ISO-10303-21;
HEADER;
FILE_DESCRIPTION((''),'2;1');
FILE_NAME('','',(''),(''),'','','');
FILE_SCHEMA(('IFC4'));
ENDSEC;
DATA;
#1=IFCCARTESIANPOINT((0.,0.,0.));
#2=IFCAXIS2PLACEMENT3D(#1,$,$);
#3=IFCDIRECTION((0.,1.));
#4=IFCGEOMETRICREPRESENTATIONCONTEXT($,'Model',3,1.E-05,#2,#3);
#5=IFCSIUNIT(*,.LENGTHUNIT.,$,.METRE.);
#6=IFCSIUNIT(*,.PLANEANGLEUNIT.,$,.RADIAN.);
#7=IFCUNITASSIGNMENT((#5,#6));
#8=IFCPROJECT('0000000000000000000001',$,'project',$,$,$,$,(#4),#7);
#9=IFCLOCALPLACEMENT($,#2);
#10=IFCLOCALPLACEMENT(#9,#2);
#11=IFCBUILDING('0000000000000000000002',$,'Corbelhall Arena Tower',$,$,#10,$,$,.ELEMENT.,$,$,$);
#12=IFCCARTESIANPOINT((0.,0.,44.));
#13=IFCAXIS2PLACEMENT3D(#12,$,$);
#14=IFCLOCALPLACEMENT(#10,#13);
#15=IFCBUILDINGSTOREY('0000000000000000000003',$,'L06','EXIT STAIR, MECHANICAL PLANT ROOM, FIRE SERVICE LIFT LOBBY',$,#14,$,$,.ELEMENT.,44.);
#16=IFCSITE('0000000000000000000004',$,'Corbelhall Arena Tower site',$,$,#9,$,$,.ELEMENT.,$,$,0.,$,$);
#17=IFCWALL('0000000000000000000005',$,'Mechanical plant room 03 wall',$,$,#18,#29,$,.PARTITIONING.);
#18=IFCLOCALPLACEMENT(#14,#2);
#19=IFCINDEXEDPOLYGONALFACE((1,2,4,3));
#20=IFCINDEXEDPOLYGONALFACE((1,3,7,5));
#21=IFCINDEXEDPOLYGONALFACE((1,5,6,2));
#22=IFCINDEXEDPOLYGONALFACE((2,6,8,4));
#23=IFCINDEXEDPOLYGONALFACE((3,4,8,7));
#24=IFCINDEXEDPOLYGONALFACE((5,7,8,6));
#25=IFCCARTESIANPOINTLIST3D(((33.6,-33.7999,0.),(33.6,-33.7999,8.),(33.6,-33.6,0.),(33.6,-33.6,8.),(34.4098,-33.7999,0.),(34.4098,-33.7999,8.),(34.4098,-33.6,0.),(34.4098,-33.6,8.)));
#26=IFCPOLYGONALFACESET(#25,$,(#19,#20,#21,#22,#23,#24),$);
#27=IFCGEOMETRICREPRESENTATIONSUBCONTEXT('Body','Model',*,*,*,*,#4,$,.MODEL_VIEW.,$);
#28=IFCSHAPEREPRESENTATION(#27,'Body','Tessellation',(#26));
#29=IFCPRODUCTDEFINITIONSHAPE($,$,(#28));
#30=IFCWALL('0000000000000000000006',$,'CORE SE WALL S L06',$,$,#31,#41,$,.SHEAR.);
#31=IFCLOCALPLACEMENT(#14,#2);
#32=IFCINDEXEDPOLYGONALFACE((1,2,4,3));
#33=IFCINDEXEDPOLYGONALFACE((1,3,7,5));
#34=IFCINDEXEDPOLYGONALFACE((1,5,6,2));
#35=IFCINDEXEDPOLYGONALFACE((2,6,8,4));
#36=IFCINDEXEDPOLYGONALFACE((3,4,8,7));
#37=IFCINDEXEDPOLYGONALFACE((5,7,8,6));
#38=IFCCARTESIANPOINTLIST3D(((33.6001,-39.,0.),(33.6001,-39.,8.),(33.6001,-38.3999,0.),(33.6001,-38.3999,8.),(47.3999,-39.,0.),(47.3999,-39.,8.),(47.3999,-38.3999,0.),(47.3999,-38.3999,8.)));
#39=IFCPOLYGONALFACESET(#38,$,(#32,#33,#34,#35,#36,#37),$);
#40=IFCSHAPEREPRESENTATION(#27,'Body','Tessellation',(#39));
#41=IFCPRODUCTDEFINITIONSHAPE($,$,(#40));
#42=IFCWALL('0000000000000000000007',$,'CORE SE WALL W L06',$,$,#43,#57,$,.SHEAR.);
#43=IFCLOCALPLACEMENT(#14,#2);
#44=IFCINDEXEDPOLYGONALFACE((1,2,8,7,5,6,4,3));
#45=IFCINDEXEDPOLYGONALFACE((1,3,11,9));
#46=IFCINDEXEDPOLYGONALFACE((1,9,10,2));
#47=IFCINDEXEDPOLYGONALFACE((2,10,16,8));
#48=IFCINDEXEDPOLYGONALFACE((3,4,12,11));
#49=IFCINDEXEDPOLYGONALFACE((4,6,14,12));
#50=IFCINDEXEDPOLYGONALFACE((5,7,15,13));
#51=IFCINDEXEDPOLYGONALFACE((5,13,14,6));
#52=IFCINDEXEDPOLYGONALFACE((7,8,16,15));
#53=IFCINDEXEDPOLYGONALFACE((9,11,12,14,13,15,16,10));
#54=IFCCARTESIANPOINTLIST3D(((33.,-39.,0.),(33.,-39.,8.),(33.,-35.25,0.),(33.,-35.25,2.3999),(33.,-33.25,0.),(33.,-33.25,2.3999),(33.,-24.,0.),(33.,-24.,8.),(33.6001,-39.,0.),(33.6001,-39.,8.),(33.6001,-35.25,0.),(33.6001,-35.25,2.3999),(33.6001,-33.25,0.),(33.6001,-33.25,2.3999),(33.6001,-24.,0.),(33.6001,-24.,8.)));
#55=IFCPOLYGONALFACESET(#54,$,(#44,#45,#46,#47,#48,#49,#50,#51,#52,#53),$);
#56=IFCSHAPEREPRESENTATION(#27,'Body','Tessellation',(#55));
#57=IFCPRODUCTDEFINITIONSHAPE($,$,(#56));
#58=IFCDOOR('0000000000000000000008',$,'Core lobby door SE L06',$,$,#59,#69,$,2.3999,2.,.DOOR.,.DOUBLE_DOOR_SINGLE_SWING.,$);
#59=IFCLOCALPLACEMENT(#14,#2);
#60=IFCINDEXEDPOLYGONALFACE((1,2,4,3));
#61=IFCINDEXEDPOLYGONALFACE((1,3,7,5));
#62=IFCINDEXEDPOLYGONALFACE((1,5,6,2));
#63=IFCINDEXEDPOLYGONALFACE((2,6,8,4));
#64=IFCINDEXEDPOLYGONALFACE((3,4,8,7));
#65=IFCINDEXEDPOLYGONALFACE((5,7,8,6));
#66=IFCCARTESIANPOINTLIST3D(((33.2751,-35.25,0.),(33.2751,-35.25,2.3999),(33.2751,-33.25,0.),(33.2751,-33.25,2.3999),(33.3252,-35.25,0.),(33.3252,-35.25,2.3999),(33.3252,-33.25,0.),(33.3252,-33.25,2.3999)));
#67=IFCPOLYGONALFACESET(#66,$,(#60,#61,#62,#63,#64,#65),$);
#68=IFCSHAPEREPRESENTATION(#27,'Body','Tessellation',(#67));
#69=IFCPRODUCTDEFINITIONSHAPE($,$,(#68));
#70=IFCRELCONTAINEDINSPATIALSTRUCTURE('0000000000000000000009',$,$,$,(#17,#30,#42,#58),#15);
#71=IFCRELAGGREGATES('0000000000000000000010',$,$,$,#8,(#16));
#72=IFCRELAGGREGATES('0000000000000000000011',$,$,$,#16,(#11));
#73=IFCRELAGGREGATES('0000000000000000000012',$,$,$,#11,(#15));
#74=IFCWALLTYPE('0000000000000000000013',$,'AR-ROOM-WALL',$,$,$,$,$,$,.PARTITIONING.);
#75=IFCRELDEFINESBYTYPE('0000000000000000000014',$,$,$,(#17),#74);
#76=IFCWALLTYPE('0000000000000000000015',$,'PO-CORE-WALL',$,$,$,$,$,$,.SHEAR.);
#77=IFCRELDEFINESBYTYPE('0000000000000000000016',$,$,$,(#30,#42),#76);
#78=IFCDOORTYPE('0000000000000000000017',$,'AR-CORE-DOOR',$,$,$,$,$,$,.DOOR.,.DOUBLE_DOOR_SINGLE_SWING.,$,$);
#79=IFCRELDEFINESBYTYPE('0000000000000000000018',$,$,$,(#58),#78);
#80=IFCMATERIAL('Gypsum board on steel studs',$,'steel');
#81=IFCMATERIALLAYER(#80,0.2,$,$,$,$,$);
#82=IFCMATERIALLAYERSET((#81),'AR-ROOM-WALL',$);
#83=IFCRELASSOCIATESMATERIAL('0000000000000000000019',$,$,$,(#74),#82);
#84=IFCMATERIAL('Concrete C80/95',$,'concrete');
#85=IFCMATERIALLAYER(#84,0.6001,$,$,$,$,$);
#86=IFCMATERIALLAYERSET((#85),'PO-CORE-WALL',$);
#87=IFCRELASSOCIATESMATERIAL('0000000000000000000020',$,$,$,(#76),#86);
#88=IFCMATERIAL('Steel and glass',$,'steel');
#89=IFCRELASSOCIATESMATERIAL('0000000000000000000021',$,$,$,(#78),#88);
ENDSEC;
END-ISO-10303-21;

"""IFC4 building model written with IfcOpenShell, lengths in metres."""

from ifc_helpers import new_model, si_unit, direction, frame, frame_2d, origin, place, context, subcontext, project, spatial, rectangle, extrude, material, layer, layer_set, type_object, element, fill, save


model = new_model("IFC4")

# Units and contexts
model_context = context("Model", 3, precision=1e-05, world=origin(), true_north=direction((0.0, 1.0)))
body_context = subcontext(model_context, "Body", "Model", "MODEL_VIEW")
ifc_project = project(units=[si_unit("LENGTHUNIT", "METRE"), si_unit("PLANEANGLEUNIT", "RADIAN")], contexts=[model_context])

# Site, building, storey
site_placement = place(None, origin())
site = spatial("IfcSite", under=ifc_project, at=site_placement, Name="Corbelhall Arena Tower site", CompositionType="ELEMENT", RefElevation=0.0)
building_placement = place(site_placement, origin())
building = spatial("IfcBuilding", under=site, at=building_placement, Name="Corbelhall Arena Tower", CompositionType="ELEMENT")
storey_placement = place(building_placement, frame((0.0, 0.0, 44.0)))
storey = spatial("IfcBuildingStorey", under=building, at=storey_placement, Name="L06", Description="EXIT STAIR, MECHANICAL PLANT ROOM, FIRE SERVICE LIFT LOBBY", CompositionType="ELEMENT", Elevation=44.0)

# Wall
ifc_material_1 = material(Name="Gypsum board on steel studs", Category="steel")
ifc_layer_1 = layer(ifc_material_1, 0.2)
ifc_layer_set_1 = layer_set([ifc_layer_1], Name="AR-ROOM-WALL")
wall_type_1 = type_object("IfcWallType", Name="AR-ROOM-WALL", PredefinedType="PARTITIONING", material=ifc_layer_set_1)
wall_1_placement = place(storey_placement, frame((33.6001, -33.7, 0.0), z_axis=(0.0, 0.0, 1.0), x_axis=(1.0, 0.0, 0.0)))
element("IfcWall", 1, at=wall_1_placement, inside=storey, type_object=wall_type_1, Name="Mechanical plant room 03 wall", PredefinedType="PARTITIONING", context=body_context, shape_type="SweptSolid", body=[
    extrude(rectangle(XDim=0.8098, YDim=0.2, at=frame_2d((0.4048, 0.0))), origin(), (0.0, 0.0, 1.0), 8.0),
])

# Shared definitions
ifc_material_2 = material(Name="Concrete C80/95", Category="concrete")
ifc_layer_2 = layer(ifc_material_2, 0.6001)
ifc_layer_set_2 = layer_set([ifc_layer_2], Name="PO-CORE-WALL")
wall_type_2 = type_object("IfcWallType", Name="PO-CORE-WALL", PredefinedType="SHEAR", material=ifc_layer_set_2)
ifc_material_3 = material(Name="Steel and glass", Category="steel")

# Wall
wall_2_placement = place(storey_placement, frame((33.6001, -38.7, 0.0), z_axis=(0.0, 0.0, 1.0), x_axis=(1.0, 0.0, 0.0)))
element("IfcWall", 2, at=wall_2_placement, inside=storey, type_object=wall_type_2, Name="CORE SE WALL S L06", PredefinedType="SHEAR", context=body_context, shape_type="SweptSolid", body=[
    extrude(rectangle(XDim=13.7998, YDim=0.6001, at=frame_2d((6.8999, 0.0))), origin(), (0.0, 0.0, 1.0), 8.0),
])

# Wall, opening, door
wall_3_placement = place(storey_placement, frame((33.3, -39.0, 0.0), z_axis=(0.0, 0.0, 1.0), x_axis=(0.0, 1.0, 0.0)))
wall_3 = element("IfcWall", 3, at=wall_3_placement, inside=storey, type_object=wall_type_2, Name="CORE SE WALL W L06", PredefinedType="SHEAR", context=body_context, shape_type="SweptSolid", body=[
    extrude(rectangle(XDim=15.0, YDim=0.6001, at=frame_2d((7.5, 0.0))), origin(), (0.0, 0.0, 1.0), 8.0),
])
opening_1_placement = place(wall_3_placement, frame((3.75, 0.0, 0.0)))
opening_1 = element("IfcOpeningElement", 4, at=opening_1_placement, cuts=wall_3, PredefinedType="OPENING", context=body_context, shape_type="SweptSolid", body=[
    extrude(rectangle(XDim=2.0, YDim=2.3999, at=frame_2d((1.0, 1.2))), frame((0.0, 0.3, 0.0), z_axis=(0.0, -1.0, 0.0), x_axis=(1.0, 0.0, 0.0)), (0.0, 0.0, 1.0), 0.6001),
])
door_type_1 = type_object("IfcDoorType", Name="AR-CORE-DOOR", OperationType="DOUBLE_DOOR_SINGLE_SWING", PredefinedType="DOOR", material=ifc_material_3)
door_1_placement = place(opening_1_placement, origin())
door_1 = element("IfcDoor", 5, at=door_1_placement, inside=storey, type_object=door_type_1, Name="Core lobby door SE L06", OperationType="DOUBLE_DOOR_SINGLE_SWING", OverallHeight=2.3999, OverallWidth=2.0, PredefinedType="DOOR", context=body_context, shape_type="SweptSolid", body=[
    extrude(rectangle(XDim=2.0, YDim=2.3999, at=frame_2d((1.0, 1.2))), frame((0.0, 0.0249, 0.0), z_axis=(0.0, -1.0, 0.0), x_axis=(1.0, 0.0, 0.0)), (0.0, 0.0, 1.0), 0.05),
])
fill(opening_1, door_1)

save(model, "model.ifc")
